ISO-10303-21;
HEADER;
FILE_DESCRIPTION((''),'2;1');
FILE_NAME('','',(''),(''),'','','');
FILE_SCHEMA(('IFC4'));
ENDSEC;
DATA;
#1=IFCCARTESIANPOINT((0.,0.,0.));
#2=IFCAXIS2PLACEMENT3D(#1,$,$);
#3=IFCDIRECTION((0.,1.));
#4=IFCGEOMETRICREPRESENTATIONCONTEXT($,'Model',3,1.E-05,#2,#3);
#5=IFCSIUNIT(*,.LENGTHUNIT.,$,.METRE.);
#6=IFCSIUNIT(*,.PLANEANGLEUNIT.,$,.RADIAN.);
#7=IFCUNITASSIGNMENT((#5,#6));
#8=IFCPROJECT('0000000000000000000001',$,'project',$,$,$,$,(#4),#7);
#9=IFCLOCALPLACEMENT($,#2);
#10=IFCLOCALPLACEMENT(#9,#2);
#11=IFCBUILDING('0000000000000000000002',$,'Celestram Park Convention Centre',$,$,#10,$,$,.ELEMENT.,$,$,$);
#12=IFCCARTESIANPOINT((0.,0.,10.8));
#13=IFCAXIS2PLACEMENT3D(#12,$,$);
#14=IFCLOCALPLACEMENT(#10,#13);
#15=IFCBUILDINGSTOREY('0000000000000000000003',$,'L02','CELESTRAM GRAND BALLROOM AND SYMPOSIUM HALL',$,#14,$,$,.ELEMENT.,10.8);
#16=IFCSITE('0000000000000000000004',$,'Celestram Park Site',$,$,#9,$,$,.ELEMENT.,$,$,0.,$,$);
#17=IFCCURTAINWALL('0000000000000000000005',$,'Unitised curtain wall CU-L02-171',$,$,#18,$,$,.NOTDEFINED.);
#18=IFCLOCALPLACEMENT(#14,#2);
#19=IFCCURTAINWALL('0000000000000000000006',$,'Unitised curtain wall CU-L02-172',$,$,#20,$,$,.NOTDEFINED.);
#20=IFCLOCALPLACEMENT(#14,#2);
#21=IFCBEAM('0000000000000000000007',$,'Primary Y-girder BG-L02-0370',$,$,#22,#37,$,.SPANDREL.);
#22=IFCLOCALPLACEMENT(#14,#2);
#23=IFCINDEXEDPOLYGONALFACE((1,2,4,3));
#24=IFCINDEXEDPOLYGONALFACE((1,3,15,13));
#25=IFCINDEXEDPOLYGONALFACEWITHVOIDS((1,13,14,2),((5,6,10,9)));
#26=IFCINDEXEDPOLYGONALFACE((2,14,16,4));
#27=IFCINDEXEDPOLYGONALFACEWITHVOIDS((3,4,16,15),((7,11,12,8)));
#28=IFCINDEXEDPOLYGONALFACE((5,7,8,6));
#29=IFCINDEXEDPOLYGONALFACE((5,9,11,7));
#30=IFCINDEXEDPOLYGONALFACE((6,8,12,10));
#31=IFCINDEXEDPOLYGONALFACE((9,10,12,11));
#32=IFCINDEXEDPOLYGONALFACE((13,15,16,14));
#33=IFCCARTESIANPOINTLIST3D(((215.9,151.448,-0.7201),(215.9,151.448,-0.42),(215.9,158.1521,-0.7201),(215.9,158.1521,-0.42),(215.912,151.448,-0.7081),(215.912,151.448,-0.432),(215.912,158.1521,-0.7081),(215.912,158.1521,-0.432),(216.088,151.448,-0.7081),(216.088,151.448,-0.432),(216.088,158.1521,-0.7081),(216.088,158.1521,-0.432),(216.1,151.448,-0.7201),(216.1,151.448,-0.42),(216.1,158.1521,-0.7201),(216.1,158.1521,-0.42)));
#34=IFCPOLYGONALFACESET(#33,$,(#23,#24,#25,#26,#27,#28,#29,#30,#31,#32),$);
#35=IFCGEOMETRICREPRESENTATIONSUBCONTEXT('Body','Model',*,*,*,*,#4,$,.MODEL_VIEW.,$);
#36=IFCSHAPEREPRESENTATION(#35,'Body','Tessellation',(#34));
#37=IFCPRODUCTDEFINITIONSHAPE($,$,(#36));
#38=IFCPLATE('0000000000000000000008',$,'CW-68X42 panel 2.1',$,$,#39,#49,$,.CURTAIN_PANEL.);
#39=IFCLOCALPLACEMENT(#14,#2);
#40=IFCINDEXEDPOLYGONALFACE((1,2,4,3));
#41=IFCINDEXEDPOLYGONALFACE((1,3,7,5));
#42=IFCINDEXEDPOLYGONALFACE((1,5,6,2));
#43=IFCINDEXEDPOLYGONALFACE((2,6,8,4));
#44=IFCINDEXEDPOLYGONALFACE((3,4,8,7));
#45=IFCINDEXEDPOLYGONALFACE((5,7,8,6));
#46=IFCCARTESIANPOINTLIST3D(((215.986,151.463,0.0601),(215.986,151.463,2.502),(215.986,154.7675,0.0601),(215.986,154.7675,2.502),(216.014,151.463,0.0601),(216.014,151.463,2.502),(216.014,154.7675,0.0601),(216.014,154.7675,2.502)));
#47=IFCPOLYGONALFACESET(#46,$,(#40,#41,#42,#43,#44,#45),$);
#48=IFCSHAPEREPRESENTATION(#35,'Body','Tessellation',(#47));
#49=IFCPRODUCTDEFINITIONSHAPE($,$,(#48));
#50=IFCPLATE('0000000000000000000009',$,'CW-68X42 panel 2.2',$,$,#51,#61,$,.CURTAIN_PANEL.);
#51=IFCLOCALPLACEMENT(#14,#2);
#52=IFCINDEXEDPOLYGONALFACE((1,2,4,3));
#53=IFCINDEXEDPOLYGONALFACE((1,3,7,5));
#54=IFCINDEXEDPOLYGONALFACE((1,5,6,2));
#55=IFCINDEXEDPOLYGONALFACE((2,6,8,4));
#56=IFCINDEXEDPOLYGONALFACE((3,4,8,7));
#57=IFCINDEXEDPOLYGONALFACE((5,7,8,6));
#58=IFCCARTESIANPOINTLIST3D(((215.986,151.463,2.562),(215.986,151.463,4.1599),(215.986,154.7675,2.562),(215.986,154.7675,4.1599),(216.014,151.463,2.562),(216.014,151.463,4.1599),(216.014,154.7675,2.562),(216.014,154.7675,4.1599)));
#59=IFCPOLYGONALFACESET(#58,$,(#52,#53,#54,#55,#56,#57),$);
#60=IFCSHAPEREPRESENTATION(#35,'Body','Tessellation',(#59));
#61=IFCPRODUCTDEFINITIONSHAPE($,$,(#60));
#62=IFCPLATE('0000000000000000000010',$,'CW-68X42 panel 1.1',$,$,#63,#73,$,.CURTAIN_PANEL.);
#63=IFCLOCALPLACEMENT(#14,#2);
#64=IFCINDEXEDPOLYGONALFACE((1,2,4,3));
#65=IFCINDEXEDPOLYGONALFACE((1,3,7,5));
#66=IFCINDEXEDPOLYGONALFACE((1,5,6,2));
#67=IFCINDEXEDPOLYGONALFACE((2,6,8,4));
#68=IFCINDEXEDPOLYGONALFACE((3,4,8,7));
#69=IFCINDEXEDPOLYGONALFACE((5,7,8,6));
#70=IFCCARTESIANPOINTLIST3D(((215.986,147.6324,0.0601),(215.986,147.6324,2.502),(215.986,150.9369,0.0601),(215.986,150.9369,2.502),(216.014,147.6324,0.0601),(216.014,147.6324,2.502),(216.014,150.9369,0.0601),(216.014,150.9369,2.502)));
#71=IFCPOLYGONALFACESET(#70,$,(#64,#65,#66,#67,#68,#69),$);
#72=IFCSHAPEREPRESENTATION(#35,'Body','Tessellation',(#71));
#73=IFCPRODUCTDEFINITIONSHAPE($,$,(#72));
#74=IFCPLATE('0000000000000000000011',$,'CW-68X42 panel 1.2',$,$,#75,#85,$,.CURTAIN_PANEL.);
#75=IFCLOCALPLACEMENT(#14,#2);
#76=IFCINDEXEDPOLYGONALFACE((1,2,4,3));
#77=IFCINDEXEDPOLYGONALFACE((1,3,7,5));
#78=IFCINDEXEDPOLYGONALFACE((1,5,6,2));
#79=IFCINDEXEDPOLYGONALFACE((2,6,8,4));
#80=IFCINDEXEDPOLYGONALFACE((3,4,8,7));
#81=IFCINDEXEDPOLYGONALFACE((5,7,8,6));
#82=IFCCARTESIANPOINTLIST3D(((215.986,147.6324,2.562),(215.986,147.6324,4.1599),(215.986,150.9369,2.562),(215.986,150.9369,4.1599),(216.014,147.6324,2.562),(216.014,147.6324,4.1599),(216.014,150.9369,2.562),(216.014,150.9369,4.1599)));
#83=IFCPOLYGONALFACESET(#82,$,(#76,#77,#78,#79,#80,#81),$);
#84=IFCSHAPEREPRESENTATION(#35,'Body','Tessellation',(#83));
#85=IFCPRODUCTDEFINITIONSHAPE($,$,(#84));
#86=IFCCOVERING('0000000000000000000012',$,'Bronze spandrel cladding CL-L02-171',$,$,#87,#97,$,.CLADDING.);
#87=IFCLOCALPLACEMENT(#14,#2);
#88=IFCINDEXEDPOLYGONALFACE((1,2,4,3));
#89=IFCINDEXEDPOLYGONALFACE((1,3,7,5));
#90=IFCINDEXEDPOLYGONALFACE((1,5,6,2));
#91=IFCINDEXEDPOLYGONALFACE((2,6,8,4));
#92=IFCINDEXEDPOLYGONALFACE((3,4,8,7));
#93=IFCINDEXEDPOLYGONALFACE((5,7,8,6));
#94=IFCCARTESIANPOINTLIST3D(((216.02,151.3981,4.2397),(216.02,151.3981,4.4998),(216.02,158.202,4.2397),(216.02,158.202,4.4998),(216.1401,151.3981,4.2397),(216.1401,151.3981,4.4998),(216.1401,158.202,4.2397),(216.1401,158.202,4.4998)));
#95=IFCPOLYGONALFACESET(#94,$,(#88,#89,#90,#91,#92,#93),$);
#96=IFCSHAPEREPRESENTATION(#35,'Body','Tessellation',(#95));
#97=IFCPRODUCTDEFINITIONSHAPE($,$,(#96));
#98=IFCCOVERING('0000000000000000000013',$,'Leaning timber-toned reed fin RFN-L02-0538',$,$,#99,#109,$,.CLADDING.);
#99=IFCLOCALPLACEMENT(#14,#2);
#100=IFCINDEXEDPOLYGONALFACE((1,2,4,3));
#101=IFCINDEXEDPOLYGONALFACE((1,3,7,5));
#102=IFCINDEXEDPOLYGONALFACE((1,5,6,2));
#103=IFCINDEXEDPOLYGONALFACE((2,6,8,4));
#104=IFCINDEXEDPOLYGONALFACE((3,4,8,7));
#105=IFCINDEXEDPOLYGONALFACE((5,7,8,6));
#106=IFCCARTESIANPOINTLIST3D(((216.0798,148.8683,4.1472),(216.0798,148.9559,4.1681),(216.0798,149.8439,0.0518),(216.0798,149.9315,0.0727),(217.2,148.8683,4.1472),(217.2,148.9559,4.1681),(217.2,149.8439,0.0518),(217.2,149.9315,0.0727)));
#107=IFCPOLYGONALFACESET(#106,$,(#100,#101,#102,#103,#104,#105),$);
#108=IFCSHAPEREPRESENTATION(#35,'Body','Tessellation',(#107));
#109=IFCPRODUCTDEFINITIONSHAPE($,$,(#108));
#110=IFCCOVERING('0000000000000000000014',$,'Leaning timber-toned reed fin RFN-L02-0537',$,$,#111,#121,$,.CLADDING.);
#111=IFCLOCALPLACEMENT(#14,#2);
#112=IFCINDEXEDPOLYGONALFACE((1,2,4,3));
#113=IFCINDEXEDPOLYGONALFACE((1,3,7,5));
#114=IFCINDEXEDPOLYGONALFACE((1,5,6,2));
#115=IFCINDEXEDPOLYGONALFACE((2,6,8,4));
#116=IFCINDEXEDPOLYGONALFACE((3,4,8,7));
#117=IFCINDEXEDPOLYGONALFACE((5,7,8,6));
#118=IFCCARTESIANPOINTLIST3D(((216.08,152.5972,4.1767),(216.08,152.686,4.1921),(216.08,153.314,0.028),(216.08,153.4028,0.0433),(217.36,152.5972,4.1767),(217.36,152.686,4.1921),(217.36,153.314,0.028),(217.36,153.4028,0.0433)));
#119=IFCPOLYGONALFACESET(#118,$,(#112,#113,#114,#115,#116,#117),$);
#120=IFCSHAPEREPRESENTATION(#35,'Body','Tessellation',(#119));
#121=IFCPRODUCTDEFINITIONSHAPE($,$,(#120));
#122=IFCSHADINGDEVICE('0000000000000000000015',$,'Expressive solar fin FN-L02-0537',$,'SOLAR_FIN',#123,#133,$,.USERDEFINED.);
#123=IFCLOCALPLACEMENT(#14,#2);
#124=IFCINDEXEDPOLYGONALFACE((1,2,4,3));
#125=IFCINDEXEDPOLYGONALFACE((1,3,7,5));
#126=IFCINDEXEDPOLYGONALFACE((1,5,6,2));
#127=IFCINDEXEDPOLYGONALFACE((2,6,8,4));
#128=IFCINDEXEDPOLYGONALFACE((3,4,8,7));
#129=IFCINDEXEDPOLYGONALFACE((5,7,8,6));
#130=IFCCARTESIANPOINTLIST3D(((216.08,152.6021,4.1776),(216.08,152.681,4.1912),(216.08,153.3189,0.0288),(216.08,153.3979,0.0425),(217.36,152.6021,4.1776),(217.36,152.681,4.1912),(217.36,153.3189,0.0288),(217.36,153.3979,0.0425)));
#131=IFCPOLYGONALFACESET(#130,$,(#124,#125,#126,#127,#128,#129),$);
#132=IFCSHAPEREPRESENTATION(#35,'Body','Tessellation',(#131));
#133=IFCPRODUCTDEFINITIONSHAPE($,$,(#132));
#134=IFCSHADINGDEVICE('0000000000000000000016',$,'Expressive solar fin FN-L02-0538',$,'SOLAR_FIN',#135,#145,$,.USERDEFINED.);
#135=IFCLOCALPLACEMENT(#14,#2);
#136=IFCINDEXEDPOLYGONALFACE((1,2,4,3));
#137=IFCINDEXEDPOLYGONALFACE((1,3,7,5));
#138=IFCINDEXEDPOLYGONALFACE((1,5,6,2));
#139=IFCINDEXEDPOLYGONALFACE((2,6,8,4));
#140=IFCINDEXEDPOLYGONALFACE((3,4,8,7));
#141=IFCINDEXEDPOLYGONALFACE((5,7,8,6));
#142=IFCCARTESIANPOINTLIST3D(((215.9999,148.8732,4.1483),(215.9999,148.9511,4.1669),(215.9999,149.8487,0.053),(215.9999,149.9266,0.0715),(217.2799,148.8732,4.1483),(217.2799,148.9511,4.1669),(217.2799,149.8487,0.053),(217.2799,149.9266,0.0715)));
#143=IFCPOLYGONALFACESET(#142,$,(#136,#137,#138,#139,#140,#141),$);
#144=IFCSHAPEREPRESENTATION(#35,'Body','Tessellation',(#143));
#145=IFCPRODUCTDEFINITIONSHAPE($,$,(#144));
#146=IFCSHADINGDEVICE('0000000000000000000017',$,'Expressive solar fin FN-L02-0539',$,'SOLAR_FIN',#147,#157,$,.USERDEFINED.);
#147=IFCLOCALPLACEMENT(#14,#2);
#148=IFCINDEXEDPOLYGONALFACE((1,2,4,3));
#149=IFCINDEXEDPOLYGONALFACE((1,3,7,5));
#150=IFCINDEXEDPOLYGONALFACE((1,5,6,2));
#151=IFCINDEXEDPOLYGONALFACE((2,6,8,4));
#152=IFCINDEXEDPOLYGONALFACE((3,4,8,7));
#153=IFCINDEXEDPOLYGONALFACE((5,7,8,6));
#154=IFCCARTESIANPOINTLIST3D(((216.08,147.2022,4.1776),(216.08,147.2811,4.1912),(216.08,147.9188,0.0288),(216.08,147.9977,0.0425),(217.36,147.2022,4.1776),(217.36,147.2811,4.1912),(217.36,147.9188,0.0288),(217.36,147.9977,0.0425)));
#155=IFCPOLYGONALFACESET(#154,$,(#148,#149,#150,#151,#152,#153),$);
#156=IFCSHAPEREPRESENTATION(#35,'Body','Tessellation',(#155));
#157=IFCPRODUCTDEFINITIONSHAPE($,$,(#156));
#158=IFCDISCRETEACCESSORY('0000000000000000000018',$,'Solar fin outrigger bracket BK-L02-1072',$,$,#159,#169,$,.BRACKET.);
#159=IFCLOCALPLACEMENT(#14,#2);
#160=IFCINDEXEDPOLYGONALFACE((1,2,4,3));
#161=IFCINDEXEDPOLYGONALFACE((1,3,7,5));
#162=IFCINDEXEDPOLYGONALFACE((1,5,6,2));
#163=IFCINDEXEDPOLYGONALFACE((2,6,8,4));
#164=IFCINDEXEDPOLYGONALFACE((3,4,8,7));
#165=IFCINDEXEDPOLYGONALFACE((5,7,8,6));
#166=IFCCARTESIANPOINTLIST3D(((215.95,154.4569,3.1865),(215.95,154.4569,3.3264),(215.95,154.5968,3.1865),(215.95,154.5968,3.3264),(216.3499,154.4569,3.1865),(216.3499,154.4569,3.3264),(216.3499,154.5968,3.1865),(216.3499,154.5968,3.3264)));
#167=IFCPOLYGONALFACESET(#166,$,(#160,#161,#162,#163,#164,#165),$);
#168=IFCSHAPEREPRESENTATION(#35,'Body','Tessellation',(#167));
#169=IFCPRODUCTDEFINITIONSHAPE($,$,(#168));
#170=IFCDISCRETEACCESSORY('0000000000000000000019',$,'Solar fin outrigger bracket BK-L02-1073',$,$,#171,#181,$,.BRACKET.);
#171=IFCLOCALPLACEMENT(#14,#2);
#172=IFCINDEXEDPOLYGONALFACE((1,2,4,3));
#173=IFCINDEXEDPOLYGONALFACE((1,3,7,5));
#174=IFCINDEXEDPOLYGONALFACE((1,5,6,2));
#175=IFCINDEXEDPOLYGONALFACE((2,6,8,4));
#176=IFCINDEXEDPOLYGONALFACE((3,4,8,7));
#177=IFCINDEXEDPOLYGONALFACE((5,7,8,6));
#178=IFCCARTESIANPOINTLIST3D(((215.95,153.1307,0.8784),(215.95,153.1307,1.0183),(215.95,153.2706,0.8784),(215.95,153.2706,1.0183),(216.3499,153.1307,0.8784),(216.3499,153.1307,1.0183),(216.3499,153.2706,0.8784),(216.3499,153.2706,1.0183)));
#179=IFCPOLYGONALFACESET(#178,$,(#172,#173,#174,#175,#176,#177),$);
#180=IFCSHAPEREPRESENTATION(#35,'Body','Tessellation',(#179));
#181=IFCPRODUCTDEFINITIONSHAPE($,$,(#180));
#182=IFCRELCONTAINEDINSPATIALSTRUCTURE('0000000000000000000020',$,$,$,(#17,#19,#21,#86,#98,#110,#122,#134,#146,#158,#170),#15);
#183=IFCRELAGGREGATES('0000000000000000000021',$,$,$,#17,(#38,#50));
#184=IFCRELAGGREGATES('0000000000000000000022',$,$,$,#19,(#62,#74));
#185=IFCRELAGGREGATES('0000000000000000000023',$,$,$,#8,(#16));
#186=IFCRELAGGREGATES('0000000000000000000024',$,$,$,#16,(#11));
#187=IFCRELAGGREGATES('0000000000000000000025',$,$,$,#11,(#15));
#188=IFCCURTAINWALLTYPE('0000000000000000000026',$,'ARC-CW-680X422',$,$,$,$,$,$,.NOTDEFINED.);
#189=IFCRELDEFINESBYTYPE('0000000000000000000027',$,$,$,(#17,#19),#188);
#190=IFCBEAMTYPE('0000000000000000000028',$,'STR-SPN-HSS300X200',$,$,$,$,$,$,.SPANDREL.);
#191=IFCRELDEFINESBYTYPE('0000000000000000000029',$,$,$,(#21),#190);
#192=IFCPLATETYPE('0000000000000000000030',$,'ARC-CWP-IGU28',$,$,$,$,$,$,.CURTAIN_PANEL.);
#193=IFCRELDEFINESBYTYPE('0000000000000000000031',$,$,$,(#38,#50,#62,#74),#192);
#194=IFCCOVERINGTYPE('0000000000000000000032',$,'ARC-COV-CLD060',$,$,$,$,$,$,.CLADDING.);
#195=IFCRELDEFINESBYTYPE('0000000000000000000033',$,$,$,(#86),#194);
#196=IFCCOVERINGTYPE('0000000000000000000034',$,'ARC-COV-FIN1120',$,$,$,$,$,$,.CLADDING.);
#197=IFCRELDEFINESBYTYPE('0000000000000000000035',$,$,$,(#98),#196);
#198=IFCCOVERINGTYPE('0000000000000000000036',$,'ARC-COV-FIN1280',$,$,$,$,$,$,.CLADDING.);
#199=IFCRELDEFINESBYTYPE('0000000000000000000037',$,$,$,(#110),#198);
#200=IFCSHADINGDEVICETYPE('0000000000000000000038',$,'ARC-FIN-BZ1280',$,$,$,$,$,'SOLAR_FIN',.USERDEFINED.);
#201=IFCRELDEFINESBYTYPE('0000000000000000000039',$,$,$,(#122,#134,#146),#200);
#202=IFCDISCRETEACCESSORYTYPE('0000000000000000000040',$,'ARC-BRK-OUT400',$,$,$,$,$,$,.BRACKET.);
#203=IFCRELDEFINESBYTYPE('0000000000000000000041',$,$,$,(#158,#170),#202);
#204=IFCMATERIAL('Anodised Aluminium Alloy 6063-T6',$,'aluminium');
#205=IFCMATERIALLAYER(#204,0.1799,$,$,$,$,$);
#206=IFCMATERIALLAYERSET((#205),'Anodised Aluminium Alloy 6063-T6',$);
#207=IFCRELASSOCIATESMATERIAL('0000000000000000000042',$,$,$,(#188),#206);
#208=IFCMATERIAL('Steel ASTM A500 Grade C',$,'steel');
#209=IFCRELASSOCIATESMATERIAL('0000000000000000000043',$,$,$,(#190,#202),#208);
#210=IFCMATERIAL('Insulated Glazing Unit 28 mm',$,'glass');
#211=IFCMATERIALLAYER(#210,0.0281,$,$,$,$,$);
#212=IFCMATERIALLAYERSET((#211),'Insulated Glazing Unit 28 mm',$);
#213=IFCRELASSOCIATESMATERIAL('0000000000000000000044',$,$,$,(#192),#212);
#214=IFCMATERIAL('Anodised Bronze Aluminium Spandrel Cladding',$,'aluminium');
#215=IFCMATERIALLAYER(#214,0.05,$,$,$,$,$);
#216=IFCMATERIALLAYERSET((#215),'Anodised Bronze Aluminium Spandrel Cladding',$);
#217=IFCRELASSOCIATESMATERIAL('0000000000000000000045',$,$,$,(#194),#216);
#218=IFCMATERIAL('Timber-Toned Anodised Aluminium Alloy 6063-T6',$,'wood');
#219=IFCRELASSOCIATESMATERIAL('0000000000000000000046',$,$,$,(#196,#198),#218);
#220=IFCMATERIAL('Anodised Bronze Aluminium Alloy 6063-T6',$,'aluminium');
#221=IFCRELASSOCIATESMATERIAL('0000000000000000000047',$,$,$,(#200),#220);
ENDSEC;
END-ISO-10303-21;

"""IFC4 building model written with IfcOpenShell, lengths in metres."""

from ifc_helpers import new_model, si_unit, direction, frame, origin, origin_2d, place, context, subcontext, project, spatial, rectangle, hollow_rectangle, extrude, material, layer, layer_set, material_profile, profile_set, type_object, element, aggregate, save


model = new_model("IFC4")

# Units and contexts
model_context = context("Model", 3, precision=1e-05, world=origin(), true_north=direction((0.0, 1.0)))
body_context = subcontext(model_context, "Body", "Model", "MODEL_VIEW")
ifc_project = project(units=[si_unit("LENGTHUNIT", "METRE"), si_unit("PLANEANGLEUNIT", "RADIAN")], contexts=[model_context])

# Site, building, storey
site_placement = place(None, origin())
site = spatial("IfcSite", under=ifc_project, at=site_placement, Name="Celestram Park Site", CompositionType="ELEMENT", RefElevation=0.0)
building_placement = place(site_placement, origin())
building = spatial("IfcBuilding", under=site, at=building_placement, Name="Celestram Park Convention Centre", CompositionType="ELEMENT")
storey_placement = place(building_placement, frame((0.0, 0.0, 10.8)))
storey = spatial("IfcBuildingStorey", under=building, at=storey_placement, Name="L02", Description="CELESTRAM GRAND BALLROOM AND SYMPOSIUM HALL", CompositionType="ELEMENT", Elevation=10.8)

# Shared definitions
ifc_material_1 = material(Name="Steel ASTM A500 Grade C", Category="steel")

# Curtain wall
ifc_material_2 = material(Name="Anodised Aluminium Alloy 6063-T6", Category="aluminium")
ifc_layer_1 = layer(ifc_material_2, 0.1799)
ifc_layer_set_1 = layer_set([ifc_layer_1], Name="Anodised Aluminium Alloy 6063-T6")
curtain_wall_type = type_object("IfcCurtainWallType", Name="ARC-CW-680X422", PredefinedType="NOTDEFINED", material=ifc_layer_set_1)
curtain_wall_1_placement = place(storey_placement, origin())
curtain_wall_1 = element("IfcCurtainWall", 1, at=curtain_wall_1_placement, inside=storey, type_object=curtain_wall_type, Name="Unitised curtain wall CU-L02-171", PredefinedType="NOTDEFINED")

# Curtain wall
curtain_wall_2_placement = place(storey_placement, origin())
curtain_wall_2 = element("IfcCurtainWall", 2, at=curtain_wall_2_placement, inside=storey, type_object=curtain_wall_type, Name="Unitised curtain wall CU-L02-172", PredefinedType="NOTDEFINED")

# Beam
ifc_material_profile_1 = material_profile(ifc_material_1, hollow_rectangle(XDim=0.2, YDim=0.3, WallThickness=0.012, at=origin_2d()), Name="HSS300X200X12")
ifc_profile_set_1 = profile_set([ifc_material_profile_1], Name="Steel ASTM A500 Grade C")
beam_type = type_object("IfcBeamType", Name="STR-SPN-HSS300X200", PredefinedType="SPANDREL", material=ifc_profile_set_1)
beam_placement = place(storey_placement, frame((216.0, 151.448, -0.5701), z_axis=(0.0, 1.0, 0.0), x_axis=(-1.0, 0.0, 0.0)))
element("IfcBeam", 3, at=beam_placement, inside=storey, type_object=beam_type, Name="Primary Y-girder BG-L02-0370", PredefinedType="SPANDREL", context=body_context, shape_type="SweptSolid", body=[
    extrude(hollow_rectangle(XDim=0.2, YDim=0.3, WallThickness=0.012, at=origin_2d()), origin(), (0.0, 0.0, 1.0), 6.7041),
])

# Plates
ifc_material_3 = material(Name="Insulated Glazing Unit 28 mm", Category="glass")
ifc_layer_2 = layer(ifc_material_3, 0.0281)
ifc_layer_set_2 = layer_set([ifc_layer_2], Name="Insulated Glazing Unit 28 mm")
plate_type = type_object("IfcPlateType", Name="ARC-CWP-IGU28", PredefinedType="CURTAIN_PANEL", material=ifc_layer_set_2)
plate_1_placement = place(storey_placement, frame((216.0, 153.1152, 0.0601), z_axis=(0.0, 0.0, 1.0), x_axis=(0.0, -1.0, 0.0)))
plate_1 = element("IfcPlate", 4, at=plate_1_placement, type_object=plate_type, Name="CW-68X42 panel 2.1", PredefinedType="CURTAIN_PANEL", context=body_context, shape_type="SweptSolid", body=[
    extrude(rectangle(XDim=3.3044, YDim=0.0281, at=origin_2d()), origin(), (0.0, 0.0, 1.0), 2.4419),
])
plate_2_placement = place(storey_placement, frame((216.0, 153.1152, 2.562), z_axis=(0.0, 0.0, 1.0), x_axis=(0.0, -1.0, 0.0)))
plate_2 = element("IfcPlate", 5, at=plate_2_placement, type_object=plate_type, Name="CW-68X42 panel 2.2", PredefinedType="CURTAIN_PANEL", context=body_context, shape_type="SweptSolid", body=[
    extrude(rectangle(XDim=3.3044, YDim=0.0281, at=origin_2d()), origin(), (0.0, 0.0, 1.0), 1.5979),
])
aggregate(curtain_wall_1, [plate_1, plate_2])
plate_3_placement = place(storey_placement, frame((216.0, 149.2847, 0.0601), z_axis=(0.0, 0.0, 1.0), x_axis=(0.0, -1.0, 0.0)))
plate_3 = element("IfcPlate", 6, at=plate_3_placement, type_object=plate_type, Name="CW-68X42 panel 1.1", PredefinedType="CURTAIN_PANEL", context=body_context, shape_type="SweptSolid", body=[
    extrude(rectangle(XDim=3.3044, YDim=0.0281, at=origin_2d()), origin(), (0.0, 0.0, 1.0), 2.4419),
])
plate_4_placement = place(storey_placement, frame((216.0, 149.2847, 2.562), z_axis=(0.0, 0.0, 1.0), x_axis=(0.0, -1.0, 0.0)))
plate_4 = element("IfcPlate", 7, at=plate_4_placement, type_object=plate_type, Name="CW-68X42 panel 1.2", PredefinedType="CURTAIN_PANEL", context=body_context, shape_type="SweptSolid", body=[
    extrude(rectangle(XDim=3.3044, YDim=0.0281, at=origin_2d()), origin(), (0.0, 0.0, 1.0), 1.5979),
])
aggregate(curtain_wall_2, [plate_3, plate_4])

# Coverings
ifc_material_4 = material(Name="Anodised Bronze Aluminium Spandrel Cladding", Category="aluminium")
ifc_layer_3 = layer(ifc_material_4, 0.05)
ifc_layer_set_3 = layer_set([ifc_layer_3], Name="Anodised Bronze Aluminium Spandrel Cladding")
covering_type_1 = type_object("IfcCoveringType", Name="ARC-COV-CLD060", PredefinedType="CLADDING", material=ifc_layer_set_3)
covering_1_placement = place(storey_placement, frame((216.0801, 154.8, 4.2397), z_axis=(0.0, 0.0, 1.0), x_axis=(0.0, -1.0, 0.0)))
element("IfcCovering", 8, at=covering_1_placement, inside=storey, type_object=covering_type_1, Name="Bronze spandrel cladding CL-L02-171", PredefinedType="CLADDING", context=body_context, shape_type="SweptSolid", body=[
    extrude(rectangle(XDim=6.804, YDim=0.1201, at=origin_2d()), origin(), (0.0, 0.0, 1.0), 0.26),
])
ifc_material_5 = material(Name="Timber-Toned Anodised Aluminium Alloy 6063-T6", Category="wood")
ifc_material_profile_2 = material_profile(ifc_material_5, rectangle(XDim=1.1201, YDim=0.0901, at=origin_2d()), Name="REED1120X90")
ifc_profile_set_2 = profile_set([ifc_material_profile_2], Name="Timber-Toned Anodised Aluminium Alloy 6063-T6")
covering_type_2 = type_object("IfcCoveringType", Name="ARC-COV-FIN1120", PredefinedType="CLADDING", material=ifc_profile_set_2)
covering_2_placement = place(storey_placement, frame((216.6399, 149.8877, 0.0623), z_axis=(0.0, -0.231728, 0.972781), x_axis=(1.0, 0.0, 0.0)))
element("IfcCovering", 9, at=covering_2_placement, inside=storey, type_object=covering_type_2, Name="Leaning timber-toned reed fin RFN-L02-0538", PredefinedType="CLADDING", context=body_context, shape_type="SweptSolid", body=[
    extrude(rectangle(XDim=1.1201, YDim=0.0901, at=origin_2d()), origin(), (0.0, 0.0, 1.0), 4.21),
])
ifc_material_profile_3 = material_profile(ifc_material_5, rectangle(XDim=1.28, YDim=0.0901, at=origin_2d()), Name="REED1280X90")
ifc_profile_set_3 = profile_set([ifc_material_profile_3], Name="Timber-Toned Anodised Aluminium Alloy 6063-T6")
covering_type_3 = type_object("IfcCoveringType", Name="ARC-COV-FIN1280", PredefinedType="CLADDING", material=ifc_profile_set_3)
covering_3_placement = place(storey_placement, frame((216.72, 153.3584, 0.0356), z_axis=(0.0, -0.170255, 0.9854), x_axis=(1.0, 0.0, 0.0)))
element("IfcCovering", 10, at=covering_3_placement, inside=storey, type_object=covering_type_3, Name="Leaning timber-toned reed fin RFN-L02-0537", PredefinedType="CLADDING", context=body_context, shape_type="SweptSolid", body=[
    extrude(rectangle(XDim=1.28, YDim=0.0901, at=origin_2d()), origin(), (0.0, 0.0, 1.0), 4.2102),
])

# Shading devices
ifc_material_6 = material(Name="Anodised Bronze Aluminium Alloy 6063-T6", Category="aluminium")
ifc_material_profile_4 = material_profile(ifc_material_6, rectangle(XDim=1.28, YDim=0.0801, at=origin_2d()), Name="FIN1280X80")
ifc_profile_set_4 = profile_set([ifc_material_profile_4], Name="Anodised Bronze Aluminium Alloy 6063-T6")
shading_device_type = type_object("IfcShadingDeviceType", Name="ARC-FIN-BZ1280", ElementType="SOLAR_FIN", PredefinedType="USERDEFINED", material=ifc_profile_set_4)
shading_device_1_placement = place(storey_placement, frame((216.72, 153.3584, 0.0356), z_axis=(0.0, -0.170255, 0.9854), x_axis=(1.0, 0.0, 0.0)))
element("IfcShadingDevice", 11, at=shading_device_1_placement, inside=storey, type_object=shading_device_type, Name="Expressive solar fin FN-L02-0537", ObjectType="SOLAR_FIN", PredefinedType="USERDEFINED", context=body_context, shape_type="SweptSolid", body=[
    extrude(rectangle(XDim=1.28, YDim=0.0801, at=origin_2d()), origin(), (0.0, 0.0, 1.0), 4.2102),
])
shading_device_2_placement = place(storey_placement, frame((216.6399, 149.8877, 0.0623), z_axis=(0.0, -0.231728, 0.972781), x_axis=(1.0, 0.0, 0.0)))
element("IfcShadingDevice", 12, at=shading_device_2_placement, inside=storey, type_object=shading_device_type, Name="Expressive solar fin FN-L02-0538", ObjectType="SOLAR_FIN", PredefinedType="USERDEFINED", context=body_context, shape_type="SweptSolid", body=[
    extrude(rectangle(XDim=1.28, YDim=0.0801, at=origin_2d()), origin(), (0.0, 0.0, 1.0), 4.21),
])
shading_device_3_placement = place(storey_placement, frame((216.72, 147.9583, 0.0356), z_axis=(0.0, -0.170198, 0.98541), x_axis=(1.0, 0.0, 0.0)))
element("IfcShadingDevice", 13, at=shading_device_3_placement, inside=storey, type_object=shading_device_type, Name="Expressive solar fin FN-L02-0539", ObjectType="SOLAR_FIN", PredefinedType="USERDEFINED", context=body_context, shape_type="SweptSolid", body=[
    extrude(rectangle(XDim=1.28, YDim=0.0801, at=origin_2d()), origin(), (0.0, 0.0, 1.0), 4.2102),
])

# Discrete accessories
discrete_accessory_type = type_object("IfcDiscreteAccessoryType", Name="ARC-BRK-OUT400", PredefinedType="BRACKET", material=ifc_material_1)
for number, where, z_axis, x_axis, name in (
    (14, (216.1499, 154.5269, 3.1865), (0.0, 0.0, 1.0), (1.0, 0.0, 0.0), "Solar fin outrigger bracket BK-L02-1072"),
    (15, (216.1499, 153.2007, 0.8784), (0.0, 0.0, 1.0), (1.0, 0.0, 0.0), "Solar fin outrigger bracket BK-L02-1073"),
):
    element("IfcDiscreteAccessory", number, at=place(storey_placement, frame(where, z_axis=z_axis, x_axis=x_axis)), inside=storey, type_object=discrete_accessory_type, Name=name, PredefinedType="BRACKET", context=body_context, shape_type="SweptSolid", body=[
        extrude(rectangle(XDim=0.3999, YDim=0.1399, at=origin_2d()), origin(), (0.0, 0.0, 1.0), 0.1399),
    ])

save(model, "model.ifc")
